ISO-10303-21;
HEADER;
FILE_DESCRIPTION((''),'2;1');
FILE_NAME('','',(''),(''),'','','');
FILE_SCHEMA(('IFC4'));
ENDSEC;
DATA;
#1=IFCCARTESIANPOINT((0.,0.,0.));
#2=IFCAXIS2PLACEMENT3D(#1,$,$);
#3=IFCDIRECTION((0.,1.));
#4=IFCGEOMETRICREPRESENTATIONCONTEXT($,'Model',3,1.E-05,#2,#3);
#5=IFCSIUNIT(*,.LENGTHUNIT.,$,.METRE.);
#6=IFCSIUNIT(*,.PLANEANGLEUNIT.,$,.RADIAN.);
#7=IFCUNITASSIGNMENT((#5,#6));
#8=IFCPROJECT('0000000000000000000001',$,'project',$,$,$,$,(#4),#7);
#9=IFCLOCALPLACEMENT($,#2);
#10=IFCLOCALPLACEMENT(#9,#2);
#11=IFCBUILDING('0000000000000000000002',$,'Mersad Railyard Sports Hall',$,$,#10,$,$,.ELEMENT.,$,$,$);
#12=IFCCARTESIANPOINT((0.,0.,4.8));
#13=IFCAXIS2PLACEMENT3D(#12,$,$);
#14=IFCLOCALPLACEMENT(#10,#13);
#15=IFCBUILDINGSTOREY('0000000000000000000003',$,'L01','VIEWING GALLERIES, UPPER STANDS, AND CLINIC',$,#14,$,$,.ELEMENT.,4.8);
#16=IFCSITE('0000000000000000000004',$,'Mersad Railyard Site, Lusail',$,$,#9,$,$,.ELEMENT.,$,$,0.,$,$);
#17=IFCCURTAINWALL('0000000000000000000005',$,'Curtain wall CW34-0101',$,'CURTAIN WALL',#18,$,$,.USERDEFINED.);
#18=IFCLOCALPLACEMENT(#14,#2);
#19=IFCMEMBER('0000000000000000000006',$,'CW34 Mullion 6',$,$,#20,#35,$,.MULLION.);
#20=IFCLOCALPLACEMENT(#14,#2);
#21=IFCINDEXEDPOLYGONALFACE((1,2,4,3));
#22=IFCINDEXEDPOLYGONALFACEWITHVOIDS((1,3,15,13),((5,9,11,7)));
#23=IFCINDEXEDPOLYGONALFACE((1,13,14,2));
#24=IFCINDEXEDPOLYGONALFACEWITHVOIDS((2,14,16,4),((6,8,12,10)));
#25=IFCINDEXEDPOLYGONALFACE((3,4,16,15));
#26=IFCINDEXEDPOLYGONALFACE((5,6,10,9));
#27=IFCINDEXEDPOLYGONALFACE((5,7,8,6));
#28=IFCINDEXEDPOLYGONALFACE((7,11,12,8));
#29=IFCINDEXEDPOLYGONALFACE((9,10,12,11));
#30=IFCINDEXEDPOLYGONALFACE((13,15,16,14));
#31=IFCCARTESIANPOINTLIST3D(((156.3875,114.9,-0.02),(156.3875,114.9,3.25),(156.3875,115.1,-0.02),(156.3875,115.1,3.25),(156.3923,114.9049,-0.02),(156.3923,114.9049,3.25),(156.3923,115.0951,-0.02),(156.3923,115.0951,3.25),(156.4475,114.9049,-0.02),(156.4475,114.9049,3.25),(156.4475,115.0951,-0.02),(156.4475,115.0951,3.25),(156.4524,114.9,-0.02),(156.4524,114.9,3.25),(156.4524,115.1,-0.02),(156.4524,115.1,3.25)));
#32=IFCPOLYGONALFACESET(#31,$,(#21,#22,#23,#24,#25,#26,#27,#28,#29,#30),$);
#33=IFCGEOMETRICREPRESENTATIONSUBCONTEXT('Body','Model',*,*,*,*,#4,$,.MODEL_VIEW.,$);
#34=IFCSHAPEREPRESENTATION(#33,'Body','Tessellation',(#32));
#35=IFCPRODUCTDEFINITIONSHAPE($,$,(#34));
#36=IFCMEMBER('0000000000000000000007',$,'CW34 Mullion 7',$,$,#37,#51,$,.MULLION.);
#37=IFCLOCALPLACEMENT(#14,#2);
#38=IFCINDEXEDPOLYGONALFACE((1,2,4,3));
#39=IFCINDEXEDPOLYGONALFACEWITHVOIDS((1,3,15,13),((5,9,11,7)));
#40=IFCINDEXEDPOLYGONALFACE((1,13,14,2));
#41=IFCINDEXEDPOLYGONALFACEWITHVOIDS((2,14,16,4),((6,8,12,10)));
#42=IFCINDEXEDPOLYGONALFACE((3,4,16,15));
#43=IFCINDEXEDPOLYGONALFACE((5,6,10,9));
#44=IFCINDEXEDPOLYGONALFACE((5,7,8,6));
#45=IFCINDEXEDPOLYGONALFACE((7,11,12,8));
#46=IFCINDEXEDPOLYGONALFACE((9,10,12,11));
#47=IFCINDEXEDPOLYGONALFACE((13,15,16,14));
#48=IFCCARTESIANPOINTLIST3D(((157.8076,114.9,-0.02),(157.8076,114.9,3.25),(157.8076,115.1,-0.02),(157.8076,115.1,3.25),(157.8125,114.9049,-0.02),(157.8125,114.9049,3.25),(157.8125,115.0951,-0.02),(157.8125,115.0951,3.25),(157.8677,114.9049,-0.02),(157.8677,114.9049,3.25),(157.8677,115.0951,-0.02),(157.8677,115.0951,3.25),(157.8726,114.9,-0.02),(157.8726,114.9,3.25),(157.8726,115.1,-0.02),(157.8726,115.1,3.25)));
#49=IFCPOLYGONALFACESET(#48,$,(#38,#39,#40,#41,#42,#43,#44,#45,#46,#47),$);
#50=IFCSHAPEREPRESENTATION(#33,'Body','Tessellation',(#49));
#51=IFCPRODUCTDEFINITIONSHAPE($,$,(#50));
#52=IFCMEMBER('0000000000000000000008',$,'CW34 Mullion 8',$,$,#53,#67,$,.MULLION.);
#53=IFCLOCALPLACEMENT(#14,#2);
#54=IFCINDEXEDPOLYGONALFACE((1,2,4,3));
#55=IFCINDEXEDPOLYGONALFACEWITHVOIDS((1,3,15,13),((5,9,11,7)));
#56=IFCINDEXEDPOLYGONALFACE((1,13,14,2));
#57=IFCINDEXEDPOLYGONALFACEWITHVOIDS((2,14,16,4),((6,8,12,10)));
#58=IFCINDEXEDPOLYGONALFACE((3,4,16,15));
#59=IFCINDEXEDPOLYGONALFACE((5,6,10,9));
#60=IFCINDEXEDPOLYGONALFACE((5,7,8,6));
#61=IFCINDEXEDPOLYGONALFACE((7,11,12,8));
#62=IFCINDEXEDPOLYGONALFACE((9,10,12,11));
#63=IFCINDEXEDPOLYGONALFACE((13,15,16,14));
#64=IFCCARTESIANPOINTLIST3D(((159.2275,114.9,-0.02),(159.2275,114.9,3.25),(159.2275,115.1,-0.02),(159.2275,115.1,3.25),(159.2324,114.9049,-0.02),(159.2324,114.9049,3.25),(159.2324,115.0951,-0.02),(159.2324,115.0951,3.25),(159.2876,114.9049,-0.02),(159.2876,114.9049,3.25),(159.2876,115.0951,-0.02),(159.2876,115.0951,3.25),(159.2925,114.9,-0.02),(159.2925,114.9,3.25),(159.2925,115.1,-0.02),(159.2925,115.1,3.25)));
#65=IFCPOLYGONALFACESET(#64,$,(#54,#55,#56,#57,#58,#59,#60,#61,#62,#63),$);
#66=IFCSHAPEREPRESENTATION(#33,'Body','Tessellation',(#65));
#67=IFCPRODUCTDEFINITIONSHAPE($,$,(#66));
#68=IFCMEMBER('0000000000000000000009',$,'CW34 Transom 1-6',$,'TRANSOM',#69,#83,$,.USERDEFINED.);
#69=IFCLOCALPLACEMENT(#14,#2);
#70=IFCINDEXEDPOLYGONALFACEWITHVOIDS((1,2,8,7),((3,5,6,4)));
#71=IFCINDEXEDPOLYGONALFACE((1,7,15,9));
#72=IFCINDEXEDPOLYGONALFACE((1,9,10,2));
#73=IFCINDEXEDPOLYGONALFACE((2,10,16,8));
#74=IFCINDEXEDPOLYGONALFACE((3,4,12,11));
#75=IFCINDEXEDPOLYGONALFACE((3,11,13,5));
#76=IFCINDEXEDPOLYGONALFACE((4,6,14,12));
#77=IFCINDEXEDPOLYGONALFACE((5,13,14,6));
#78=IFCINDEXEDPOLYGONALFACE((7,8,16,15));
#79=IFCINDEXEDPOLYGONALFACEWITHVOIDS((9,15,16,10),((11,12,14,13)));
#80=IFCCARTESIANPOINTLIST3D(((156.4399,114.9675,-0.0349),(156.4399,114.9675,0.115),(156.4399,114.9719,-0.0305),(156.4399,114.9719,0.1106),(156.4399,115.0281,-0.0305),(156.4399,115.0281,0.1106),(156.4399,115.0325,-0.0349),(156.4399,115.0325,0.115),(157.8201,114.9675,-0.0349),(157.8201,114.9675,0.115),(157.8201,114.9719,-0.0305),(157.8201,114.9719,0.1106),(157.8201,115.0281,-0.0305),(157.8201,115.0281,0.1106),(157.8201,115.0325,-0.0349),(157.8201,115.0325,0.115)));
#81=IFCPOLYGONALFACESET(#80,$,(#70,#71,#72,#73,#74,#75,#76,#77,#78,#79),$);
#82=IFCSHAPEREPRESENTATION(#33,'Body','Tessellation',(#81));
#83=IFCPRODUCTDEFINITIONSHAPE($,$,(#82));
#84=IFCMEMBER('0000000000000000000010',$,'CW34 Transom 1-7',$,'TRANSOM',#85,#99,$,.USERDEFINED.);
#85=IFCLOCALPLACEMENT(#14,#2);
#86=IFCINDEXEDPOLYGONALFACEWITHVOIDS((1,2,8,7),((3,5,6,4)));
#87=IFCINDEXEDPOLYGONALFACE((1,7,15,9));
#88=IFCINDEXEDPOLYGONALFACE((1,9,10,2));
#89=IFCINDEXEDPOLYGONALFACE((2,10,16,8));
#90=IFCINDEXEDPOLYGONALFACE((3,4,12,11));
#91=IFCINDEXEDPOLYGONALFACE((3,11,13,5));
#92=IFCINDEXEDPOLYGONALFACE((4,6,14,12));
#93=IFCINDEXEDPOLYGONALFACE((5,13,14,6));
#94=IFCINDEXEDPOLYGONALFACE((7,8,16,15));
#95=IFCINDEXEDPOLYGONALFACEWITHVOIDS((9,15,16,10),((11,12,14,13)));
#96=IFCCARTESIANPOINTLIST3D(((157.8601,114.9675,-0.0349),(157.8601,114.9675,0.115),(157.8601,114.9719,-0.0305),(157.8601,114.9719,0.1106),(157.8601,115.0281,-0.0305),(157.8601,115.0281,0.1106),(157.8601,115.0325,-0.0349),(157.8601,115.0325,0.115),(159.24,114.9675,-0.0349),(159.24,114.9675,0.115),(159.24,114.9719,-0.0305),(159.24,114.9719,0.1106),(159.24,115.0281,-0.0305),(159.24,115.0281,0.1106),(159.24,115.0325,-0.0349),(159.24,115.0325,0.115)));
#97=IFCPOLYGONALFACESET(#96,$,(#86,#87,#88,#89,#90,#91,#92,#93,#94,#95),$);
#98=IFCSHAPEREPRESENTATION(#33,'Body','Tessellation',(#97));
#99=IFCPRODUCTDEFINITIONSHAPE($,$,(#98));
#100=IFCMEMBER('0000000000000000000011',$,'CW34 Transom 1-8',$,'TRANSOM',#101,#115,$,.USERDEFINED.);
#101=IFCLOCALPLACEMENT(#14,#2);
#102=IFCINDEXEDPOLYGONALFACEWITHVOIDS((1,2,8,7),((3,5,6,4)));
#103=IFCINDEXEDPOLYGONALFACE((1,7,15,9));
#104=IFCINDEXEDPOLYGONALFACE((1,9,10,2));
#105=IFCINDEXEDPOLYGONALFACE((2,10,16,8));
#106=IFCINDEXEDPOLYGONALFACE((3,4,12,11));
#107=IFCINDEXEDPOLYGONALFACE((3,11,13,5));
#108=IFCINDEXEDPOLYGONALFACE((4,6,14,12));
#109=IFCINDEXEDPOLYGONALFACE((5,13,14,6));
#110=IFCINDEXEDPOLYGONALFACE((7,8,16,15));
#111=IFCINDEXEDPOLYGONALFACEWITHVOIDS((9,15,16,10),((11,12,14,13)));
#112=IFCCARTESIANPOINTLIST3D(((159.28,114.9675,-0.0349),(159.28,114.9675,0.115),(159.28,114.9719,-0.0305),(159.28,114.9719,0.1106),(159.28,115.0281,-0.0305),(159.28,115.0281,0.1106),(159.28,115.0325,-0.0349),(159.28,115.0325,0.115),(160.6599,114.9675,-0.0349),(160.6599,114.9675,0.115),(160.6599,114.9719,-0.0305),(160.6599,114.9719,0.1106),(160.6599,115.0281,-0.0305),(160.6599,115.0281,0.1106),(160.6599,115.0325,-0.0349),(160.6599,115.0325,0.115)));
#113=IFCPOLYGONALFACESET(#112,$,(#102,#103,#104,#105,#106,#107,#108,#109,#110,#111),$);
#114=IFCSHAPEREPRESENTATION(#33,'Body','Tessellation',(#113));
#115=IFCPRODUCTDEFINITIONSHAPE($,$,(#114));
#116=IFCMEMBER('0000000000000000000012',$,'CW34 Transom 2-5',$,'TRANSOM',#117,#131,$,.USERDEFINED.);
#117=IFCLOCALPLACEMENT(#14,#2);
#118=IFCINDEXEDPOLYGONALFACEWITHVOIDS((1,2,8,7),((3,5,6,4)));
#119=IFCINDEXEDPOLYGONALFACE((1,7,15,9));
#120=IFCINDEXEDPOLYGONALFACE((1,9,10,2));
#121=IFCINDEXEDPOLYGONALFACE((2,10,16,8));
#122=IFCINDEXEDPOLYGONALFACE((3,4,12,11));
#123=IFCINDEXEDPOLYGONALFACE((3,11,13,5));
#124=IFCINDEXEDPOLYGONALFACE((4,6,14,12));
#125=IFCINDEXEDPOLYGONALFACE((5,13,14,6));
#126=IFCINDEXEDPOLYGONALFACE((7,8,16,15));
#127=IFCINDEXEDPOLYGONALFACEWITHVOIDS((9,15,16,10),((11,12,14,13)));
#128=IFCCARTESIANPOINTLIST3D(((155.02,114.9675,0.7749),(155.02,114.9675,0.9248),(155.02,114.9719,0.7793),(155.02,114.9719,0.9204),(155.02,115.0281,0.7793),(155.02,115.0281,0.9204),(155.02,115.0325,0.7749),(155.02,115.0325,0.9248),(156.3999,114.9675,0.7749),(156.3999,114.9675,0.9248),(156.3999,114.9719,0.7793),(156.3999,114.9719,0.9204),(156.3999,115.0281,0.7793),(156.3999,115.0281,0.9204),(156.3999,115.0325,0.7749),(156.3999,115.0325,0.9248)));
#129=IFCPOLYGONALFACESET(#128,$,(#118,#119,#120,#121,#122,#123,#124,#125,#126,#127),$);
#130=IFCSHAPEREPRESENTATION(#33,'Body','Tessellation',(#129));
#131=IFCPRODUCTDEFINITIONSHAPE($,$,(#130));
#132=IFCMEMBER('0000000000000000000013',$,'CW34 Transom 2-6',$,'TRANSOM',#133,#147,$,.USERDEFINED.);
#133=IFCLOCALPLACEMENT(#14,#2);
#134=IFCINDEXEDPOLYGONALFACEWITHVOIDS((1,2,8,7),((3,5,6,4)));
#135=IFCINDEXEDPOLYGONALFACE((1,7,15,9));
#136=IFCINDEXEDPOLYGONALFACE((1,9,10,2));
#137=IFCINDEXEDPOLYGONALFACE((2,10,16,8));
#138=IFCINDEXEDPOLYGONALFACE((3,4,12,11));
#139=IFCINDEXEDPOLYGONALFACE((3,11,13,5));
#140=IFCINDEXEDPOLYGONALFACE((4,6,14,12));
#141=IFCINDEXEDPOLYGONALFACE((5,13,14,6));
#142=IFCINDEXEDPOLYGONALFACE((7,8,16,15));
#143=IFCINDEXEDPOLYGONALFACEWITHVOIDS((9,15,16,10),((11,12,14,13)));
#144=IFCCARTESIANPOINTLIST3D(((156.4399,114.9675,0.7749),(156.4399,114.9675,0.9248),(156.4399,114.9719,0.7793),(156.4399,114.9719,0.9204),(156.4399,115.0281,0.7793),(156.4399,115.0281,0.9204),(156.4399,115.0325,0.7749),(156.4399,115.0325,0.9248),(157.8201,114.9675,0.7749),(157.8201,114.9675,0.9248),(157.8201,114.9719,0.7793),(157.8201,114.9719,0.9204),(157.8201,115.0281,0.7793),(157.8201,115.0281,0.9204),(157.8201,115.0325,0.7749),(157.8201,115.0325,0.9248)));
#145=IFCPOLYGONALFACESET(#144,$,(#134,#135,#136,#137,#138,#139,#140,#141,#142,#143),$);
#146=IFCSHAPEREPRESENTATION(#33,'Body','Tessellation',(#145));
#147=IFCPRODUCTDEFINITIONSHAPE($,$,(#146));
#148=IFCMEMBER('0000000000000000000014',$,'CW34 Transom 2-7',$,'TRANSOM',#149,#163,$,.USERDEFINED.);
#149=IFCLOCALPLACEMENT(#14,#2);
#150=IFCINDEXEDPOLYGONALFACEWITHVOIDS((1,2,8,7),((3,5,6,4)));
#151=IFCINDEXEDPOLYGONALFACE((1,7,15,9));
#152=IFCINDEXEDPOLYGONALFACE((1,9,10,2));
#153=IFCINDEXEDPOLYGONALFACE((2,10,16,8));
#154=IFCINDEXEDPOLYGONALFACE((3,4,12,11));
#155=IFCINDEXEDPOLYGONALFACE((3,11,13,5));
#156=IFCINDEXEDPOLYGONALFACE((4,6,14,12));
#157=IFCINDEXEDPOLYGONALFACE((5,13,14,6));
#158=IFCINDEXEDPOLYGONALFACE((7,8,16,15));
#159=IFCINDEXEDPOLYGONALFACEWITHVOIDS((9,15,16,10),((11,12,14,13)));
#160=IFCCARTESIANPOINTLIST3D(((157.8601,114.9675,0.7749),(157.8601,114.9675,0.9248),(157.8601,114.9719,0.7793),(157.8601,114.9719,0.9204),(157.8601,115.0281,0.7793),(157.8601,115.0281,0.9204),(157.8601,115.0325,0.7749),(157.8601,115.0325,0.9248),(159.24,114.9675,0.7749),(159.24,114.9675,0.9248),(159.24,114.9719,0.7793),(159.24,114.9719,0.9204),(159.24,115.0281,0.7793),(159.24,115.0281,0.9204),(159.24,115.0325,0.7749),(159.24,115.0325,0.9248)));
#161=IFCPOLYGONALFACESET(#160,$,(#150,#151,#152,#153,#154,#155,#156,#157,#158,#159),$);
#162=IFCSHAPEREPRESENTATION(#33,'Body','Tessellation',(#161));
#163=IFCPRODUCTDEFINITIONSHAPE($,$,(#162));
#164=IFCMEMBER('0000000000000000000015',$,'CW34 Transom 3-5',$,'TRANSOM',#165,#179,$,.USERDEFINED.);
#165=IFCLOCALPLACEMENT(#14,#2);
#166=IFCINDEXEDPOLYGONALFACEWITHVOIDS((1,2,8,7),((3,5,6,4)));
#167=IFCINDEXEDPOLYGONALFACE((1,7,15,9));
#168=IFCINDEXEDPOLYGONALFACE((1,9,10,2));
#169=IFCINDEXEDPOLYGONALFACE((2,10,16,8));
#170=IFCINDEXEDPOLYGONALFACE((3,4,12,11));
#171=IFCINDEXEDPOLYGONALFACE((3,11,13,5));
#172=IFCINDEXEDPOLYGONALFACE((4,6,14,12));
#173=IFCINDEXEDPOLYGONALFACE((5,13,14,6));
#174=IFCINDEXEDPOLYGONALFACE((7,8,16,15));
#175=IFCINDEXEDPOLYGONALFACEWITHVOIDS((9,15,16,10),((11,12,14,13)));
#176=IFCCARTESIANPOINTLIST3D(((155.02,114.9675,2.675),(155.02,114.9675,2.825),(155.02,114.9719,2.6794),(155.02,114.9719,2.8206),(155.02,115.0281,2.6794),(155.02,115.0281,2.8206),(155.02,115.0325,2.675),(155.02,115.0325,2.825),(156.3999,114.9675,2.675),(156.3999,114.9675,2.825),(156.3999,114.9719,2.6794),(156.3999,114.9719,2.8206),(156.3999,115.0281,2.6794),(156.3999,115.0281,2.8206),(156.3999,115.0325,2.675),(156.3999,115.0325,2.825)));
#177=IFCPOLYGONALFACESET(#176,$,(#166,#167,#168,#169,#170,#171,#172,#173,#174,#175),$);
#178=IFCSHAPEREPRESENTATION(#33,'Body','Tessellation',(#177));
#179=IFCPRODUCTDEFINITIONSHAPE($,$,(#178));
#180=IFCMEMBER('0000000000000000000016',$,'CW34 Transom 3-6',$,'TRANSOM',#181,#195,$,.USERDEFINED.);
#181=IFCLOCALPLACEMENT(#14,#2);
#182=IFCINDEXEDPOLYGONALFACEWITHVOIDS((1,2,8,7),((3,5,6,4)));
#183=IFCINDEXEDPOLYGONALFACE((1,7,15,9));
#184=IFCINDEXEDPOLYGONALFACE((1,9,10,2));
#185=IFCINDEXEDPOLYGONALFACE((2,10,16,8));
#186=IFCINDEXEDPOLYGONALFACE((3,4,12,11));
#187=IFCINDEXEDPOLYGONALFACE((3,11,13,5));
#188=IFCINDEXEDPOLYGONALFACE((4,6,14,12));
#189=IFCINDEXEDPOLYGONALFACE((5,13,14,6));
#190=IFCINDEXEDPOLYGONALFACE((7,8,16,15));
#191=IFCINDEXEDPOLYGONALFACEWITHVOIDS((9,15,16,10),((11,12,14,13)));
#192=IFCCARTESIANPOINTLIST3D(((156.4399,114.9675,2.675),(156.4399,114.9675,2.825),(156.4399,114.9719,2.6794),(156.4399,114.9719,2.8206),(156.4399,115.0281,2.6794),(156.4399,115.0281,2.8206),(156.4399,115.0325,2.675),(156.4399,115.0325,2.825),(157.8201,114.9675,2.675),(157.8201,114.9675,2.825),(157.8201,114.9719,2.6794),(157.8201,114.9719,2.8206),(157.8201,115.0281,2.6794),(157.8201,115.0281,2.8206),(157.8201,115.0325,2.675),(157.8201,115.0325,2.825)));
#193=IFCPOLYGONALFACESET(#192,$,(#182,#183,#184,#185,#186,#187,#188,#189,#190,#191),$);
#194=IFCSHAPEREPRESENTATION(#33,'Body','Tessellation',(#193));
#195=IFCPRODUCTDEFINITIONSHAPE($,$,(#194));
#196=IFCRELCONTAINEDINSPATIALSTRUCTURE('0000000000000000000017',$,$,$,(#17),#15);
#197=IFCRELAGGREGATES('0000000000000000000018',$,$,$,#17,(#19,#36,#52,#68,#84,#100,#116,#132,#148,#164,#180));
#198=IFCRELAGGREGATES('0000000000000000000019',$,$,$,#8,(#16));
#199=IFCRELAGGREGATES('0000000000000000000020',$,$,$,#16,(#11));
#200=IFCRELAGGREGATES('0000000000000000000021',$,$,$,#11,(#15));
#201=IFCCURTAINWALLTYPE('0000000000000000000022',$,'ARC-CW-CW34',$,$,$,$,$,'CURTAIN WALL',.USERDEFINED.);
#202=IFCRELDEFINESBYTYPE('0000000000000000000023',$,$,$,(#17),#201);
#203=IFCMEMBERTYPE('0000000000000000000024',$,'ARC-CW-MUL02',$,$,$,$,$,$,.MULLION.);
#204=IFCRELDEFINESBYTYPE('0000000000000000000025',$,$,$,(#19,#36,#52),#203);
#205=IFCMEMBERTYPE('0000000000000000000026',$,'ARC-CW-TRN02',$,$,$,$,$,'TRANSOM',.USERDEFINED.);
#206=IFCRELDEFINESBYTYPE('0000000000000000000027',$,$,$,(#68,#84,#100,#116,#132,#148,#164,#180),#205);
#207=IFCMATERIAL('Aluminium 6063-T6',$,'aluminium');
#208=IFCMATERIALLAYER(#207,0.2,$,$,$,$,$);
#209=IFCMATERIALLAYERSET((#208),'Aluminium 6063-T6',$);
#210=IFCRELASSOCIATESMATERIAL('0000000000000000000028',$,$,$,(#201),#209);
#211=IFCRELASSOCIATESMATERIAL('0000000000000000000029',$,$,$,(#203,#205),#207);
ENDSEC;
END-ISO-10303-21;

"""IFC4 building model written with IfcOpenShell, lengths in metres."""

from ifc_helpers import new_model, si_unit, direction, frame, origin, origin_2d, place, context, subcontext, project, spatial, hollow_rectangle, extrude, material, layer, layer_set, material_profile, profile_set, type_object, element, aggregate, save


model = new_model("IFC4")

# Units and contexts
model_context = context("Model", 3, precision=1e-05, world=origin(), true_north=direction((0.0, 1.0)))
body_context = subcontext(model_context, "Body", "Model", "MODEL_VIEW")
ifc_project = project(units=[si_unit("LENGTHUNIT", "METRE"), si_unit("PLANEANGLEUNIT", "RADIAN")], contexts=[model_context])

# Site, building, storey
site_placement = place(None, origin())
site = spatial("IfcSite", under=ifc_project, at=site_placement, Name="Mersad Railyard Site, Lusail", CompositionType="ELEMENT", RefElevation=0.0)
building_placement = place(site_placement, origin())
building = spatial("IfcBuilding", under=site, at=building_placement, Name="Mersad Railyard Sports Hall", CompositionType="ELEMENT")
storey_placement = place(building_placement, frame((0.0, 0.0, 4.8)))
storey = spatial("IfcBuildingStorey", under=building, at=storey_placement, Name="L01", Description="VIEWING GALLERIES, UPPER STANDS, AND CLINIC", CompositionType="ELEMENT", Elevation=4.8)

# Curtain wall, members
ifc_material_1 = material(Name="Aluminium 6063-T6", Category="aluminium")
ifc_layer_1 = layer(ifc_material_1, 0.2)
ifc_layer_set_1 = layer_set([ifc_layer_1], Name="Aluminium 6063-T6")
curtain_wall_type = type_object("IfcCurtainWallType", Name="ARC-CW-CW34", ElementType="CURTAIN WALL", PredefinedType="USERDEFINED", material=ifc_layer_set_1)
curtain_wall_placement = place(storey_placement, origin())
curtain_wall = element("IfcCurtainWall", 1, at=curtain_wall_placement, inside=storey, type_object=curtain_wall_type, Name="Curtain wall CW34-0101", ObjectType="CURTAIN WALL", PredefinedType="USERDEFINED")
ifc_material_profile_1 = material_profile(ifc_material_1, hollow_rectangle(XDim=0.0649, YDim=0.2, WallThickness=0.0049, at=origin_2d()), Name="AL MULLION 65x200x5")
ifc_profile_set_1 = profile_set([ifc_material_profile_1], Name="Aluminium 6063-T6")
member_type_1 = type_object("IfcMemberType", Name="ARC-CW-MUL02", PredefinedType="MULLION", material=ifc_profile_set_1)
member_1_placement = place(storey_placement, frame((156.4199, 115.0, -0.02), z_axis=(0.0, 0.0, 1.0), x_axis=(1.0, 0.0, 0.0)))
member_1 = element("IfcMember", 2, at=member_1_placement, type_object=member_type_1, Name="CW34 Mullion 6", PredefinedType="MULLION", context=body_context, shape_type="SweptSolid", body=[
    extrude(hollow_rectangle(XDim=0.0649, YDim=0.2, WallThickness=0.0049, at=origin_2d()), origin(), (0.0, 0.0, 1.0), 3.27),
])
member_2_placement = place(storey_placement, frame((157.8401, 115.0, -0.02), z_axis=(0.0, 0.0, 1.0), x_axis=(1.0, 0.0, 0.0)))
member_2 = element("IfcMember", 3, at=member_2_placement, type_object=member_type_1, Name="CW34 Mullion 7", PredefinedType="MULLION", context=body_context, shape_type="SweptSolid", body=[
    extrude(hollow_rectangle(XDim=0.0649, YDim=0.2, WallThickness=0.0049, at=origin_2d()), origin(), (0.0, 0.0, 1.0), 3.27),
])
member_3_placement = place(storey_placement, frame((159.26, 115.0, -0.02), z_axis=(0.0, 0.0, 1.0), x_axis=(1.0, 0.0, 0.0)))
member_3 = element("IfcMember", 4, at=member_3_placement, type_object=member_type_1, Name="CW34 Mullion 8", PredefinedType="MULLION", context=body_context, shape_type="SweptSolid", body=[
    extrude(hollow_rectangle(XDim=0.0649, YDim=0.2, WallThickness=0.0049, at=origin_2d()), origin(), (0.0, 0.0, 1.0), 3.27),
])
ifc_material_profile_2 = material_profile(ifc_material_1, hollow_rectangle(XDim=0.0649, YDim=0.1499, WallThickness=0.0044, at=origin_2d()), Name="AL TRANSOM 65x150x4.5")
ifc_profile_set_2 = profile_set([ifc_material_profile_2], Name="Aluminium 6063-T6")
member_type_2 = type_object("IfcMemberType", Name="ARC-CW-TRN02", ElementType="TRANSOM", PredefinedType="USERDEFINED", material=ifc_profile_set_2)
member_4_placement = place(storey_placement, frame((156.4399, 115.0, 0.04), z_axis=(1.0, 0.0, 0.0), x_axis=(0.0, 1.0, 0.0)))
member_4 = element("IfcMember", 5, at=member_4_placement, type_object=member_type_2, Name="CW34 Transom 1-6", ObjectType="TRANSOM", PredefinedType="USERDEFINED", context=body_context, shape_type="SweptSolid", body=[
    extrude(hollow_rectangle(XDim=0.0649, YDim=0.1499, WallThickness=0.0044, at=origin_2d()), origin(), (0.0, 0.0, 1.0), 1.3801),
])
member_5_placement = place(storey_placement, frame((157.8601, 115.0, 0.04), z_axis=(1.0, 0.0, 0.0), x_axis=(0.0, 1.0, 0.0)))
member_5 = element("IfcMember", 6, at=member_5_placement, type_object=member_type_2, Name="CW34 Transom 1-7", ObjectType="TRANSOM", PredefinedType="USERDEFINED", context=body_context, shape_type="SweptSolid", body=[
    extrude(hollow_rectangle(XDim=0.0649, YDim=0.1499, WallThickness=0.0044, at=origin_2d()), origin(), (0.0, 0.0, 1.0), 1.3799),
])
member_6_placement = place(storey_placement, frame((159.28, 115.0, 0.04), z_axis=(1.0, 0.0, 0.0), x_axis=(0.0, 1.0, 0.0)))
member_6 = element("IfcMember", 7, at=member_6_placement, type_object=member_type_2, Name="CW34 Transom 1-8", ObjectType="TRANSOM", PredefinedType="USERDEFINED", context=body_context, shape_type="SweptSolid", body=[
    extrude(hollow_rectangle(XDim=0.0649, YDim=0.1499, WallThickness=0.0044, at=origin_2d()), origin(), (0.0, 0.0, 1.0), 1.3799),
])
member_7_placement = place(storey_placement, frame((155.02, 115.0, 0.8499), z_axis=(1.0, 0.0, 0.0), x_axis=(0.0, 1.0, 0.0)))
member_7 = element("IfcMember", 8, at=member_7_placement, type_object=member_type_2, Name="CW34 Transom 2-5", ObjectType="TRANSOM", PredefinedType="USERDEFINED", context=body_context, shape_type="SweptSolid", body=[
    extrude(hollow_rectangle(XDim=0.0649, YDim=0.1499, WallThickness=0.0044, at=origin_2d()), origin(), (0.0, 0.0, 1.0), 1.3799),
])
member_8_placement = place(storey_placement, frame((156.4399, 115.0, 0.8499), z_axis=(1.0, 0.0, 0.0), x_axis=(0.0, 1.0, 0.0)))
member_8 = element("IfcMember", 9, at=member_8_placement, type_object=member_type_2, Name="CW34 Transom 2-6", ObjectType="TRANSOM", PredefinedType="USERDEFINED", context=body_context, shape_type="SweptSolid", body=[
    extrude(hollow_rectangle(XDim=0.0649, YDim=0.1499, WallThickness=0.0044, at=origin_2d()), origin(), (0.0, 0.0, 1.0), 1.3801),
])
member_9_placement = place(storey_placement, frame((157.8601, 115.0, 0.8499), z_axis=(1.0, 0.0, 0.0), x_axis=(0.0, 1.0, 0.0)))
member_9 = element("IfcMember", 10, at=member_9_placement, type_object=member_type_2, Name="CW34 Transom 2-7", ObjectType="TRANSOM", PredefinedType="USERDEFINED", context=body_context, shape_type="SweptSolid", body=[
    extrude(hollow_rectangle(XDim=0.0649, YDim=0.1499, WallThickness=0.0044, at=origin_2d()), origin(), (0.0, 0.0, 1.0), 1.3799),
])
member_10_placement = place(storey_placement, frame((155.02, 115.0, 2.75), z_axis=(1.0, 0.0, 0.0), x_axis=(0.0, 1.0, 0.0)))
member_10 = element("IfcMember", 11, at=member_10_placement, type_object=member_type_2, Name="CW34 Transom 3-5", ObjectType="TRANSOM", PredefinedType="USERDEFINED", context=body_context, shape_type="SweptSolid", body=[
    extrude(hollow_rectangle(XDim=0.0649, YDim=0.1499, WallThickness=0.0044, at=origin_2d()), origin(), (0.0, 0.0, 1.0), 1.3799),
])
member_11_placement = place(storey_placement, frame((156.4399, 115.0, 2.75), z_axis=(1.0, 0.0, 0.0), x_axis=(0.0, 1.0, 0.0)))
member_11 = element("IfcMember", 12, at=member_11_placement, type_object=member_type_2, Name="CW34 Transom 3-6", ObjectType="TRANSOM", PredefinedType="USERDEFINED", context=body_context, shape_type="SweptSolid", body=[
    extrude(hollow_rectangle(XDim=0.0649, YDim=0.1499, WallThickness=0.0044, at=origin_2d()), origin(), (0.0, 0.0, 1.0), 1.3801),
])
aggregate(curtain_wall, [member_1, member_2, member_3, member_4, member_5, member_6, member_7, member_8, member_9, member_10, member_11])

save(model, "model.ifc")
